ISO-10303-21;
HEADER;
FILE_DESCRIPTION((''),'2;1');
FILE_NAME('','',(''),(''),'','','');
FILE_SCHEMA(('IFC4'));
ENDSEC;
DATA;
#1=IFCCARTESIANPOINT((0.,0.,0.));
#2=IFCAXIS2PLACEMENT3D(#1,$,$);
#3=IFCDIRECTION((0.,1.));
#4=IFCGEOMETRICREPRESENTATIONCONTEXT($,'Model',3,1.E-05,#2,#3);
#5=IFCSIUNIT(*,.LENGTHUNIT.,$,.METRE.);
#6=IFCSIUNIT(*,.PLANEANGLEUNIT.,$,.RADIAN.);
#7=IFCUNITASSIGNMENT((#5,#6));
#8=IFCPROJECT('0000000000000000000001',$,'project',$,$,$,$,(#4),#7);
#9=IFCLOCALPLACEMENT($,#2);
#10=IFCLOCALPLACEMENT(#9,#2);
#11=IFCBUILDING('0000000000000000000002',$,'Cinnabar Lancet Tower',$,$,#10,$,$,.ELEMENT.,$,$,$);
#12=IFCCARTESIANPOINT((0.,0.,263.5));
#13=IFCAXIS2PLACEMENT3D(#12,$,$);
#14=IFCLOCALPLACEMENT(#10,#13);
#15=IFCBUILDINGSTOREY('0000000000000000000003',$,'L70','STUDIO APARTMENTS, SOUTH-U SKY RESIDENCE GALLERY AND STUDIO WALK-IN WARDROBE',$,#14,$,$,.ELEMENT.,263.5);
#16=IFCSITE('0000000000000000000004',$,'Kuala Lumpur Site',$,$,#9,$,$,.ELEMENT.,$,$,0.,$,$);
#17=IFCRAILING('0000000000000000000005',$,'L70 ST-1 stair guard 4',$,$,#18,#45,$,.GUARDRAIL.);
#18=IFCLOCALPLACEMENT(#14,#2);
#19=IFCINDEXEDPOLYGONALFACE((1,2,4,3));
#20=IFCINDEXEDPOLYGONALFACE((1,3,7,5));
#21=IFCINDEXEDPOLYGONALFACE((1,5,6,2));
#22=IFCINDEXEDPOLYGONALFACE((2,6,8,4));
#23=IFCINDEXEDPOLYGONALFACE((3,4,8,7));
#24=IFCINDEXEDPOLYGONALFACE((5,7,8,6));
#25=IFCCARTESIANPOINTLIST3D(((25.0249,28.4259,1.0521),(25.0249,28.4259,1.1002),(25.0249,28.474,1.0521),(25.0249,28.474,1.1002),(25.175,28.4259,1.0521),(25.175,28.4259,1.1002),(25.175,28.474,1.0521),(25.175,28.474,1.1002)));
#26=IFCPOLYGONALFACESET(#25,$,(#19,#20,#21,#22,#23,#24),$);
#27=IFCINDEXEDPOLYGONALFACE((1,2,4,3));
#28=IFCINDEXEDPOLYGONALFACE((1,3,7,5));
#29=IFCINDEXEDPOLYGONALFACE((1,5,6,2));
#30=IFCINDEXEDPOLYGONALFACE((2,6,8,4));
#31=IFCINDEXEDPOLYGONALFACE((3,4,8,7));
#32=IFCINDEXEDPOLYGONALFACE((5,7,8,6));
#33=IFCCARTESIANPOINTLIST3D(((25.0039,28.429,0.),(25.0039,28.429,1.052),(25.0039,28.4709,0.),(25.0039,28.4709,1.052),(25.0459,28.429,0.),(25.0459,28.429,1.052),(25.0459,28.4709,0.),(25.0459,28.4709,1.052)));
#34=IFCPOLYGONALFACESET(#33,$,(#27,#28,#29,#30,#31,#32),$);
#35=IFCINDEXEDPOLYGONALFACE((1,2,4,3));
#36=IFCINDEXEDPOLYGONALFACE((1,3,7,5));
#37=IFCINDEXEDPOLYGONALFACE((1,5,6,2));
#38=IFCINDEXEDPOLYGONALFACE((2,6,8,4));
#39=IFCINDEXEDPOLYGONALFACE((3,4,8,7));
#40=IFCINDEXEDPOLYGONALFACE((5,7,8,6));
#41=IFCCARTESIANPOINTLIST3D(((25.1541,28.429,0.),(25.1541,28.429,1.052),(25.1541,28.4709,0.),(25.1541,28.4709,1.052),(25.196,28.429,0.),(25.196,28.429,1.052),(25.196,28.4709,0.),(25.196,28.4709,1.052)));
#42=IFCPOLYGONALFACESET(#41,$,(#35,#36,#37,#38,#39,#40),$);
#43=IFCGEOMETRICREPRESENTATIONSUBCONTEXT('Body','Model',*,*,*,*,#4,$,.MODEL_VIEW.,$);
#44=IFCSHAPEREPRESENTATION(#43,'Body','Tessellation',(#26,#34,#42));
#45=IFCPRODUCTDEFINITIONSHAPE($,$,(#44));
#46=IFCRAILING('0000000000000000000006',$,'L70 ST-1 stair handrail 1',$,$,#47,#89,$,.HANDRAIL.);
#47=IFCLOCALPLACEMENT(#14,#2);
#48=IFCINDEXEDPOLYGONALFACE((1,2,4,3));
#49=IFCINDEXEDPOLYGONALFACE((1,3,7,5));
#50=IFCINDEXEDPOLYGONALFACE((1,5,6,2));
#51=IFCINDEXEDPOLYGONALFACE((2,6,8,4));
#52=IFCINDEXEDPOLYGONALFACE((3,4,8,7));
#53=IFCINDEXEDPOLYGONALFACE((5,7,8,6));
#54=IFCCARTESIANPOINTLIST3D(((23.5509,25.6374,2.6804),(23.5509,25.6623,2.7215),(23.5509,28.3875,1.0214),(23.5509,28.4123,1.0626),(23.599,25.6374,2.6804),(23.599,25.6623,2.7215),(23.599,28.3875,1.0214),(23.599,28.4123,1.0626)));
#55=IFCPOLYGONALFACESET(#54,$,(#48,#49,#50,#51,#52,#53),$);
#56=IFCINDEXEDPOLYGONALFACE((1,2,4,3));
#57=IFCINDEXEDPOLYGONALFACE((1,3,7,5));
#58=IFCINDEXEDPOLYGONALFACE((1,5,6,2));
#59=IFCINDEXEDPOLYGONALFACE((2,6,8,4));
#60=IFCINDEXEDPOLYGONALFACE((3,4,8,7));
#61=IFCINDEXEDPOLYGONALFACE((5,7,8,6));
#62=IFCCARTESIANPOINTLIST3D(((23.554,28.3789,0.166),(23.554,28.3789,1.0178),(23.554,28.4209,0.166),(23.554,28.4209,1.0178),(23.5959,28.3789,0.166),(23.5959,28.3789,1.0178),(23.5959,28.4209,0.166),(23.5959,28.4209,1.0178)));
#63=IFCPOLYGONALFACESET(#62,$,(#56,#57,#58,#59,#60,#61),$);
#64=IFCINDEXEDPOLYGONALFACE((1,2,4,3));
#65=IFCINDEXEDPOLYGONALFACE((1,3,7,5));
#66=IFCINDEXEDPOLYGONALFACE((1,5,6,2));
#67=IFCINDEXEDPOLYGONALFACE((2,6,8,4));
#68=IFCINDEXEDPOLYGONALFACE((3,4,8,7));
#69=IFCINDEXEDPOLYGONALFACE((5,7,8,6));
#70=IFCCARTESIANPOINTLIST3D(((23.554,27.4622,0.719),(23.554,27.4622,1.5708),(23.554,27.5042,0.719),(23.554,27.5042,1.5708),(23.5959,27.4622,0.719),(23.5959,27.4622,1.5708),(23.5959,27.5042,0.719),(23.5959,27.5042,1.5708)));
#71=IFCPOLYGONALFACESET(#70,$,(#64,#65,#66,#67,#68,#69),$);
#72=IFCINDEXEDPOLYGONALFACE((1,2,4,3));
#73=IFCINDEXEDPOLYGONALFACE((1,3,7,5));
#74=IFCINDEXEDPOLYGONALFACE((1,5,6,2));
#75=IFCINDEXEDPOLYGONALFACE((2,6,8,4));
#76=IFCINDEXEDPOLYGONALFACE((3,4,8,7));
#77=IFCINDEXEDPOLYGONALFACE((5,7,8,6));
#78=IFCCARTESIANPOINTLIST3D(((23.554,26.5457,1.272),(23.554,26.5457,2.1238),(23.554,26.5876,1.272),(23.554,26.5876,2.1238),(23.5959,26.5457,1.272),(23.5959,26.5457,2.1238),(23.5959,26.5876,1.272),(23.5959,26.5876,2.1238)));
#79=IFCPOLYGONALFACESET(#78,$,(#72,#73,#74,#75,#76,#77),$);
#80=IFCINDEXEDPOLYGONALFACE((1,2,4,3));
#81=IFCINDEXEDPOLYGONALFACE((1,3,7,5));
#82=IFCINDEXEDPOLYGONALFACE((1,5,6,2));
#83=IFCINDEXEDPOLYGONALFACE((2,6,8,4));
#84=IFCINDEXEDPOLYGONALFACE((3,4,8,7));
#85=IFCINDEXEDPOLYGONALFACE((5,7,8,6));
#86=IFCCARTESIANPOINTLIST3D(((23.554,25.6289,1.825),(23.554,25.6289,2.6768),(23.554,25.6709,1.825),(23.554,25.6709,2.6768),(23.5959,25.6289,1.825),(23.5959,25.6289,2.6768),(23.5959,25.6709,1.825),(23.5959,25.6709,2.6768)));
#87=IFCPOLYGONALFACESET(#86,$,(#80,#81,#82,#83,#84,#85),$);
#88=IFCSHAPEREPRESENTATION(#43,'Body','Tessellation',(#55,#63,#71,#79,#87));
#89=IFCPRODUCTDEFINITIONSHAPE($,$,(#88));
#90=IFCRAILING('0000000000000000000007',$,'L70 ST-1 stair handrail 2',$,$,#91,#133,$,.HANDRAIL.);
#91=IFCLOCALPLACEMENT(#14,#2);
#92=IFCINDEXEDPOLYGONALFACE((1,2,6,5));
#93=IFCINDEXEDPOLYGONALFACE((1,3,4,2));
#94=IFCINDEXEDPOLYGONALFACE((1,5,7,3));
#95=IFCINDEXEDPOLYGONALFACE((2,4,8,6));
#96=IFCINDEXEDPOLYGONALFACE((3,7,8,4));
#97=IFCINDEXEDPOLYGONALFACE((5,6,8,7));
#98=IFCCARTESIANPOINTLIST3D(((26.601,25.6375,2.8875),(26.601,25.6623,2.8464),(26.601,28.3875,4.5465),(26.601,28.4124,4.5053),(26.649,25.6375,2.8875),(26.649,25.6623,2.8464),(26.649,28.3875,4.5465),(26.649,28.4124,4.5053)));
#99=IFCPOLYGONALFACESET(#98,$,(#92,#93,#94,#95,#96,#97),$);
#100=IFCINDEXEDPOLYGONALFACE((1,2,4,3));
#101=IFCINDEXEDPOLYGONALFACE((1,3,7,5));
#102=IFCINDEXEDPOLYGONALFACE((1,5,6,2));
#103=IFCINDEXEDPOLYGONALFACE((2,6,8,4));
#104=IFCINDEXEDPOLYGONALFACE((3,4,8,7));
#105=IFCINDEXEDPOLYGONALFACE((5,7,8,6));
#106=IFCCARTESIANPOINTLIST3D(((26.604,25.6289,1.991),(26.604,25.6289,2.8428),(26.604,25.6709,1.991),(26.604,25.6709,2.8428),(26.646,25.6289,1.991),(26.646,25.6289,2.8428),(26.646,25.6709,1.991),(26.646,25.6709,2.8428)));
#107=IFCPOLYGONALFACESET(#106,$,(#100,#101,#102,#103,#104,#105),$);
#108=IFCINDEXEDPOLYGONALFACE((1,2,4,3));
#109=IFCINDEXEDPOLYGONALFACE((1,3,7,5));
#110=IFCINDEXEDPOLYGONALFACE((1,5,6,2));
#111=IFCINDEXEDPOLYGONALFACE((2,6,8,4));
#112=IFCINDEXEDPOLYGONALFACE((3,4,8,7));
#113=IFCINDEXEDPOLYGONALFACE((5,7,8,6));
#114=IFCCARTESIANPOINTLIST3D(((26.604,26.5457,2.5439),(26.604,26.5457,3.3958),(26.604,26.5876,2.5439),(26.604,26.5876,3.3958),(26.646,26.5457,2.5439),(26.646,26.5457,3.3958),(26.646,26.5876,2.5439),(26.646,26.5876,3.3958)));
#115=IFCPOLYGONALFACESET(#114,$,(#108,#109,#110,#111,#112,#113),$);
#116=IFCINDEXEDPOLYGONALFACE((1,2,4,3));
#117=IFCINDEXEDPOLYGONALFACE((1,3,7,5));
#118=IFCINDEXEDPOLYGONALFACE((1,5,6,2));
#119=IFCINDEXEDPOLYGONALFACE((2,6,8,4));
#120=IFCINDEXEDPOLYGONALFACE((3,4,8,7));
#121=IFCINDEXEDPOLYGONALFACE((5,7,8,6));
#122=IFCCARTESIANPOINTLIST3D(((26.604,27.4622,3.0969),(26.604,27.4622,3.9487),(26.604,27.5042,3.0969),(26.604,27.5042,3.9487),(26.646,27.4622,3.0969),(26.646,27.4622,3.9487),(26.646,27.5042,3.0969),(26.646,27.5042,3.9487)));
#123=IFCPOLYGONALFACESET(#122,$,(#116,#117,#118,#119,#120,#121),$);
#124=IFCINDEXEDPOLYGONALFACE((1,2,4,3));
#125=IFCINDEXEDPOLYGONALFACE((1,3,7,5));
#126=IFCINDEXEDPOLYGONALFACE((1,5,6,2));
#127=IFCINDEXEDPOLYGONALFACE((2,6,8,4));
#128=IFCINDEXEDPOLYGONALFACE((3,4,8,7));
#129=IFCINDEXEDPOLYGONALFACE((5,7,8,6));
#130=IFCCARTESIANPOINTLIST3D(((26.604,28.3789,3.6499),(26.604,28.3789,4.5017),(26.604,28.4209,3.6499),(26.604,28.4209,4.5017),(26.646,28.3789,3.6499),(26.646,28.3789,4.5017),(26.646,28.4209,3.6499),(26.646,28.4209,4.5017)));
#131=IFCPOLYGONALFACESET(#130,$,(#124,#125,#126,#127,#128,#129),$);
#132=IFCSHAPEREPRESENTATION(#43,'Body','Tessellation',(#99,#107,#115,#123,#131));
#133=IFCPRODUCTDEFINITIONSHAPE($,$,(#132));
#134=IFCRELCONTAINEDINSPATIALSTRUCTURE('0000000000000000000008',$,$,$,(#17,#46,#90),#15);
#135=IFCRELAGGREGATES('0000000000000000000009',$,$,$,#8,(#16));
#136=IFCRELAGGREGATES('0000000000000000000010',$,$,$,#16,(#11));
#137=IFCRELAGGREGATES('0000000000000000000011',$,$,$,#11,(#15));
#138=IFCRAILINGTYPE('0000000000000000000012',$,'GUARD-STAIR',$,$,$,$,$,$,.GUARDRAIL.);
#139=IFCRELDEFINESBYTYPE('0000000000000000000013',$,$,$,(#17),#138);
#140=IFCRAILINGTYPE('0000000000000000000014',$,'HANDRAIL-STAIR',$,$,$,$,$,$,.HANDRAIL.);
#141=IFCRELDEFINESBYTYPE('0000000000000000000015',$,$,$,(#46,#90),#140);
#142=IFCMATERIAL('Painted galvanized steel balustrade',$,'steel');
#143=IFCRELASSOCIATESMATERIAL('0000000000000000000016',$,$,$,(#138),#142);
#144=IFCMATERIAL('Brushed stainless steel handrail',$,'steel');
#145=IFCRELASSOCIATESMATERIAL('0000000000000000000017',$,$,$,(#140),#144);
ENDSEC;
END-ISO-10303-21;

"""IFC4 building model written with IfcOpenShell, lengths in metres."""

from ifc_helpers import new_model, si_unit, direction, frame, origin, origin_2d, place, context, subcontext, project, spatial, rectangle, extrude, material, type_object, element, save


model = new_model("IFC4")

# Units and contexts
model_context = context("Model", 3, precision=1e-05, world=origin(), true_north=direction((0.0, 1.0)))
body_context = subcontext(model_context, "Body", "Model", "MODEL_VIEW")
ifc_project = project(units=[si_unit("LENGTHUNIT", "METRE"), si_unit("PLANEANGLEUNIT", "RADIAN")], contexts=[model_context])

# Site, building, storey
site_placement = place(None, origin())
site = spatial("IfcSite", under=ifc_project, at=site_placement, Name="Kuala Lumpur Site", CompositionType="ELEMENT", RefElevation=0.0)
building_placement = place(site_placement, origin())
building = spatial("IfcBuilding", under=site, at=building_placement, Name="Cinnabar Lancet Tower", CompositionType="ELEMENT")
storey_placement = place(building_placement, frame((0.0, 0.0, 263.5)))
storey = spatial("IfcBuildingStorey", under=building, at=storey_placement, Name="L70", Description="STUDIO APARTMENTS, SOUTH-U SKY RESIDENCE GALLERY AND STUDIO WALK-IN WARDROBE", CompositionType="ELEMENT", Elevation=263.5)

# Railings
ifc_material_1 = material(Name="Painted galvanized steel balustrade", Category="steel")
railing_type_1 = type_object("IfcRailingType", Name="GUARD-STAIR", PredefinedType="GUARDRAIL", material=ifc_material_1)
railing_1_placement = place(storey_placement, frame((25.0249, 28.45, 0.0)))
element("IfcRailing", 1, at=railing_1_placement, inside=storey, type_object=railing_type_1, Name="L70 ST-1 stair guard 4", PredefinedType="GUARDRAIL", context=body_context, shape_type="SweptSolid", body=[
    extrude(rectangle(XDim=0.0481, YDim=0.0481, at=origin_2d()), frame((0.0, 0.0, 1.0762), z_axis=(1.0, 0.0, 0.0), x_axis=(0.0, 1.0, 0.0)), (0.0, 0.0, 1.0), 0.1501),
    extrude(rectangle(XDim=0.042, YDim=0.042, at=origin_2d()), origin(), (0.0, 0.0, 1.0), 1.052),
    extrude(rectangle(XDim=0.042, YDim=0.042, at=origin_2d()), frame((0.1501, 0.0, 0.0)), (0.0, 0.0, 1.0), 1.052),
])
ifc_material_2 = material(Name="Brushed stainless steel handrail", Category="steel")
railing_type_2 = type_object("IfcRailingType", Name="HANDRAIL-STAIR", PredefinedType="HANDRAIL", material=ifc_material_2)
railing_2_placement = place(storey_placement, frame((23.575, 28.3999, 0.166)))
element("IfcRailing", 2, at=railing_2_placement, inside=storey, type_object=railing_type_2, Name="L70 ST-1 stair handrail 1", PredefinedType="HANDRAIL", context=body_context, shape_type="SweptSolid", body=[
    extrude(rectangle(XDim=0.0481, YDim=0.0481, at=origin_2d()), frame((0.0, 0.0, 0.876), z_axis=(0.0, -0.856263, 0.51654), x_axis=(1.0, 0.0, 0.0)), (0.0, 0.0, 1.0), 3.2117),
    extrude(rectangle(XDim=0.042, YDim=0.042, at=origin_2d()), origin(), (0.0, 0.0, 1.0), 0.8518),
    extrude(rectangle(XDim=0.042, YDim=0.042, at=origin_2d()), frame((0.0, -0.9167, 0.553)), (0.0, 0.0, 1.0), 0.8518),
    extrude(rectangle(XDim=0.042, YDim=0.042, at=origin_2d()), frame((0.0, -1.8333, 1.106)), (0.0, 0.0, 1.0), 0.8518),
    extrude(rectangle(XDim=0.042, YDim=0.042, at=origin_2d()), frame((0.0, -2.75, 1.6589)), (0.0, 0.0, 1.0), 0.8518),
])
railing_3_placement = place(storey_placement, frame((26.625, 25.6499, 1.991)))
element("IfcRailing", 3, at=railing_3_placement, inside=storey, type_object=railing_type_2, Name="L70 ST-1 stair handrail 2", PredefinedType="HANDRAIL", context=body_context, shape_type="SweptSolid", body=[
    extrude(rectangle(XDim=0.0481, YDim=0.0481, at=origin_2d()), frame((0.0, 0.0, 0.876), z_axis=(0.0, 0.856263, 0.51654), x_axis=(-1.0, 0.0, 0.0)), (0.0, 0.0, 1.0), 3.2117),
    extrude(rectangle(XDim=0.042, YDim=0.042, at=origin_2d()), origin(), (0.0, 0.0, 1.0), 0.8518),
    extrude(rectangle(XDim=0.042, YDim=0.042, at=origin_2d()), frame((0.0, 0.9167, 0.553)), (0.0, 0.0, 1.0), 0.8518),
    extrude(rectangle(XDim=0.042, YDim=0.042, at=origin_2d()), frame((0.0, 1.8333, 1.106)), (0.0, 0.0, 1.0), 0.8518),
    extrude(rectangle(XDim=0.042, YDim=0.042, at=origin_2d()), frame((0.0, 2.75, 1.6589)), (0.0, 0.0, 1.0), 0.8518),
])

save(model, "model.ifc")
